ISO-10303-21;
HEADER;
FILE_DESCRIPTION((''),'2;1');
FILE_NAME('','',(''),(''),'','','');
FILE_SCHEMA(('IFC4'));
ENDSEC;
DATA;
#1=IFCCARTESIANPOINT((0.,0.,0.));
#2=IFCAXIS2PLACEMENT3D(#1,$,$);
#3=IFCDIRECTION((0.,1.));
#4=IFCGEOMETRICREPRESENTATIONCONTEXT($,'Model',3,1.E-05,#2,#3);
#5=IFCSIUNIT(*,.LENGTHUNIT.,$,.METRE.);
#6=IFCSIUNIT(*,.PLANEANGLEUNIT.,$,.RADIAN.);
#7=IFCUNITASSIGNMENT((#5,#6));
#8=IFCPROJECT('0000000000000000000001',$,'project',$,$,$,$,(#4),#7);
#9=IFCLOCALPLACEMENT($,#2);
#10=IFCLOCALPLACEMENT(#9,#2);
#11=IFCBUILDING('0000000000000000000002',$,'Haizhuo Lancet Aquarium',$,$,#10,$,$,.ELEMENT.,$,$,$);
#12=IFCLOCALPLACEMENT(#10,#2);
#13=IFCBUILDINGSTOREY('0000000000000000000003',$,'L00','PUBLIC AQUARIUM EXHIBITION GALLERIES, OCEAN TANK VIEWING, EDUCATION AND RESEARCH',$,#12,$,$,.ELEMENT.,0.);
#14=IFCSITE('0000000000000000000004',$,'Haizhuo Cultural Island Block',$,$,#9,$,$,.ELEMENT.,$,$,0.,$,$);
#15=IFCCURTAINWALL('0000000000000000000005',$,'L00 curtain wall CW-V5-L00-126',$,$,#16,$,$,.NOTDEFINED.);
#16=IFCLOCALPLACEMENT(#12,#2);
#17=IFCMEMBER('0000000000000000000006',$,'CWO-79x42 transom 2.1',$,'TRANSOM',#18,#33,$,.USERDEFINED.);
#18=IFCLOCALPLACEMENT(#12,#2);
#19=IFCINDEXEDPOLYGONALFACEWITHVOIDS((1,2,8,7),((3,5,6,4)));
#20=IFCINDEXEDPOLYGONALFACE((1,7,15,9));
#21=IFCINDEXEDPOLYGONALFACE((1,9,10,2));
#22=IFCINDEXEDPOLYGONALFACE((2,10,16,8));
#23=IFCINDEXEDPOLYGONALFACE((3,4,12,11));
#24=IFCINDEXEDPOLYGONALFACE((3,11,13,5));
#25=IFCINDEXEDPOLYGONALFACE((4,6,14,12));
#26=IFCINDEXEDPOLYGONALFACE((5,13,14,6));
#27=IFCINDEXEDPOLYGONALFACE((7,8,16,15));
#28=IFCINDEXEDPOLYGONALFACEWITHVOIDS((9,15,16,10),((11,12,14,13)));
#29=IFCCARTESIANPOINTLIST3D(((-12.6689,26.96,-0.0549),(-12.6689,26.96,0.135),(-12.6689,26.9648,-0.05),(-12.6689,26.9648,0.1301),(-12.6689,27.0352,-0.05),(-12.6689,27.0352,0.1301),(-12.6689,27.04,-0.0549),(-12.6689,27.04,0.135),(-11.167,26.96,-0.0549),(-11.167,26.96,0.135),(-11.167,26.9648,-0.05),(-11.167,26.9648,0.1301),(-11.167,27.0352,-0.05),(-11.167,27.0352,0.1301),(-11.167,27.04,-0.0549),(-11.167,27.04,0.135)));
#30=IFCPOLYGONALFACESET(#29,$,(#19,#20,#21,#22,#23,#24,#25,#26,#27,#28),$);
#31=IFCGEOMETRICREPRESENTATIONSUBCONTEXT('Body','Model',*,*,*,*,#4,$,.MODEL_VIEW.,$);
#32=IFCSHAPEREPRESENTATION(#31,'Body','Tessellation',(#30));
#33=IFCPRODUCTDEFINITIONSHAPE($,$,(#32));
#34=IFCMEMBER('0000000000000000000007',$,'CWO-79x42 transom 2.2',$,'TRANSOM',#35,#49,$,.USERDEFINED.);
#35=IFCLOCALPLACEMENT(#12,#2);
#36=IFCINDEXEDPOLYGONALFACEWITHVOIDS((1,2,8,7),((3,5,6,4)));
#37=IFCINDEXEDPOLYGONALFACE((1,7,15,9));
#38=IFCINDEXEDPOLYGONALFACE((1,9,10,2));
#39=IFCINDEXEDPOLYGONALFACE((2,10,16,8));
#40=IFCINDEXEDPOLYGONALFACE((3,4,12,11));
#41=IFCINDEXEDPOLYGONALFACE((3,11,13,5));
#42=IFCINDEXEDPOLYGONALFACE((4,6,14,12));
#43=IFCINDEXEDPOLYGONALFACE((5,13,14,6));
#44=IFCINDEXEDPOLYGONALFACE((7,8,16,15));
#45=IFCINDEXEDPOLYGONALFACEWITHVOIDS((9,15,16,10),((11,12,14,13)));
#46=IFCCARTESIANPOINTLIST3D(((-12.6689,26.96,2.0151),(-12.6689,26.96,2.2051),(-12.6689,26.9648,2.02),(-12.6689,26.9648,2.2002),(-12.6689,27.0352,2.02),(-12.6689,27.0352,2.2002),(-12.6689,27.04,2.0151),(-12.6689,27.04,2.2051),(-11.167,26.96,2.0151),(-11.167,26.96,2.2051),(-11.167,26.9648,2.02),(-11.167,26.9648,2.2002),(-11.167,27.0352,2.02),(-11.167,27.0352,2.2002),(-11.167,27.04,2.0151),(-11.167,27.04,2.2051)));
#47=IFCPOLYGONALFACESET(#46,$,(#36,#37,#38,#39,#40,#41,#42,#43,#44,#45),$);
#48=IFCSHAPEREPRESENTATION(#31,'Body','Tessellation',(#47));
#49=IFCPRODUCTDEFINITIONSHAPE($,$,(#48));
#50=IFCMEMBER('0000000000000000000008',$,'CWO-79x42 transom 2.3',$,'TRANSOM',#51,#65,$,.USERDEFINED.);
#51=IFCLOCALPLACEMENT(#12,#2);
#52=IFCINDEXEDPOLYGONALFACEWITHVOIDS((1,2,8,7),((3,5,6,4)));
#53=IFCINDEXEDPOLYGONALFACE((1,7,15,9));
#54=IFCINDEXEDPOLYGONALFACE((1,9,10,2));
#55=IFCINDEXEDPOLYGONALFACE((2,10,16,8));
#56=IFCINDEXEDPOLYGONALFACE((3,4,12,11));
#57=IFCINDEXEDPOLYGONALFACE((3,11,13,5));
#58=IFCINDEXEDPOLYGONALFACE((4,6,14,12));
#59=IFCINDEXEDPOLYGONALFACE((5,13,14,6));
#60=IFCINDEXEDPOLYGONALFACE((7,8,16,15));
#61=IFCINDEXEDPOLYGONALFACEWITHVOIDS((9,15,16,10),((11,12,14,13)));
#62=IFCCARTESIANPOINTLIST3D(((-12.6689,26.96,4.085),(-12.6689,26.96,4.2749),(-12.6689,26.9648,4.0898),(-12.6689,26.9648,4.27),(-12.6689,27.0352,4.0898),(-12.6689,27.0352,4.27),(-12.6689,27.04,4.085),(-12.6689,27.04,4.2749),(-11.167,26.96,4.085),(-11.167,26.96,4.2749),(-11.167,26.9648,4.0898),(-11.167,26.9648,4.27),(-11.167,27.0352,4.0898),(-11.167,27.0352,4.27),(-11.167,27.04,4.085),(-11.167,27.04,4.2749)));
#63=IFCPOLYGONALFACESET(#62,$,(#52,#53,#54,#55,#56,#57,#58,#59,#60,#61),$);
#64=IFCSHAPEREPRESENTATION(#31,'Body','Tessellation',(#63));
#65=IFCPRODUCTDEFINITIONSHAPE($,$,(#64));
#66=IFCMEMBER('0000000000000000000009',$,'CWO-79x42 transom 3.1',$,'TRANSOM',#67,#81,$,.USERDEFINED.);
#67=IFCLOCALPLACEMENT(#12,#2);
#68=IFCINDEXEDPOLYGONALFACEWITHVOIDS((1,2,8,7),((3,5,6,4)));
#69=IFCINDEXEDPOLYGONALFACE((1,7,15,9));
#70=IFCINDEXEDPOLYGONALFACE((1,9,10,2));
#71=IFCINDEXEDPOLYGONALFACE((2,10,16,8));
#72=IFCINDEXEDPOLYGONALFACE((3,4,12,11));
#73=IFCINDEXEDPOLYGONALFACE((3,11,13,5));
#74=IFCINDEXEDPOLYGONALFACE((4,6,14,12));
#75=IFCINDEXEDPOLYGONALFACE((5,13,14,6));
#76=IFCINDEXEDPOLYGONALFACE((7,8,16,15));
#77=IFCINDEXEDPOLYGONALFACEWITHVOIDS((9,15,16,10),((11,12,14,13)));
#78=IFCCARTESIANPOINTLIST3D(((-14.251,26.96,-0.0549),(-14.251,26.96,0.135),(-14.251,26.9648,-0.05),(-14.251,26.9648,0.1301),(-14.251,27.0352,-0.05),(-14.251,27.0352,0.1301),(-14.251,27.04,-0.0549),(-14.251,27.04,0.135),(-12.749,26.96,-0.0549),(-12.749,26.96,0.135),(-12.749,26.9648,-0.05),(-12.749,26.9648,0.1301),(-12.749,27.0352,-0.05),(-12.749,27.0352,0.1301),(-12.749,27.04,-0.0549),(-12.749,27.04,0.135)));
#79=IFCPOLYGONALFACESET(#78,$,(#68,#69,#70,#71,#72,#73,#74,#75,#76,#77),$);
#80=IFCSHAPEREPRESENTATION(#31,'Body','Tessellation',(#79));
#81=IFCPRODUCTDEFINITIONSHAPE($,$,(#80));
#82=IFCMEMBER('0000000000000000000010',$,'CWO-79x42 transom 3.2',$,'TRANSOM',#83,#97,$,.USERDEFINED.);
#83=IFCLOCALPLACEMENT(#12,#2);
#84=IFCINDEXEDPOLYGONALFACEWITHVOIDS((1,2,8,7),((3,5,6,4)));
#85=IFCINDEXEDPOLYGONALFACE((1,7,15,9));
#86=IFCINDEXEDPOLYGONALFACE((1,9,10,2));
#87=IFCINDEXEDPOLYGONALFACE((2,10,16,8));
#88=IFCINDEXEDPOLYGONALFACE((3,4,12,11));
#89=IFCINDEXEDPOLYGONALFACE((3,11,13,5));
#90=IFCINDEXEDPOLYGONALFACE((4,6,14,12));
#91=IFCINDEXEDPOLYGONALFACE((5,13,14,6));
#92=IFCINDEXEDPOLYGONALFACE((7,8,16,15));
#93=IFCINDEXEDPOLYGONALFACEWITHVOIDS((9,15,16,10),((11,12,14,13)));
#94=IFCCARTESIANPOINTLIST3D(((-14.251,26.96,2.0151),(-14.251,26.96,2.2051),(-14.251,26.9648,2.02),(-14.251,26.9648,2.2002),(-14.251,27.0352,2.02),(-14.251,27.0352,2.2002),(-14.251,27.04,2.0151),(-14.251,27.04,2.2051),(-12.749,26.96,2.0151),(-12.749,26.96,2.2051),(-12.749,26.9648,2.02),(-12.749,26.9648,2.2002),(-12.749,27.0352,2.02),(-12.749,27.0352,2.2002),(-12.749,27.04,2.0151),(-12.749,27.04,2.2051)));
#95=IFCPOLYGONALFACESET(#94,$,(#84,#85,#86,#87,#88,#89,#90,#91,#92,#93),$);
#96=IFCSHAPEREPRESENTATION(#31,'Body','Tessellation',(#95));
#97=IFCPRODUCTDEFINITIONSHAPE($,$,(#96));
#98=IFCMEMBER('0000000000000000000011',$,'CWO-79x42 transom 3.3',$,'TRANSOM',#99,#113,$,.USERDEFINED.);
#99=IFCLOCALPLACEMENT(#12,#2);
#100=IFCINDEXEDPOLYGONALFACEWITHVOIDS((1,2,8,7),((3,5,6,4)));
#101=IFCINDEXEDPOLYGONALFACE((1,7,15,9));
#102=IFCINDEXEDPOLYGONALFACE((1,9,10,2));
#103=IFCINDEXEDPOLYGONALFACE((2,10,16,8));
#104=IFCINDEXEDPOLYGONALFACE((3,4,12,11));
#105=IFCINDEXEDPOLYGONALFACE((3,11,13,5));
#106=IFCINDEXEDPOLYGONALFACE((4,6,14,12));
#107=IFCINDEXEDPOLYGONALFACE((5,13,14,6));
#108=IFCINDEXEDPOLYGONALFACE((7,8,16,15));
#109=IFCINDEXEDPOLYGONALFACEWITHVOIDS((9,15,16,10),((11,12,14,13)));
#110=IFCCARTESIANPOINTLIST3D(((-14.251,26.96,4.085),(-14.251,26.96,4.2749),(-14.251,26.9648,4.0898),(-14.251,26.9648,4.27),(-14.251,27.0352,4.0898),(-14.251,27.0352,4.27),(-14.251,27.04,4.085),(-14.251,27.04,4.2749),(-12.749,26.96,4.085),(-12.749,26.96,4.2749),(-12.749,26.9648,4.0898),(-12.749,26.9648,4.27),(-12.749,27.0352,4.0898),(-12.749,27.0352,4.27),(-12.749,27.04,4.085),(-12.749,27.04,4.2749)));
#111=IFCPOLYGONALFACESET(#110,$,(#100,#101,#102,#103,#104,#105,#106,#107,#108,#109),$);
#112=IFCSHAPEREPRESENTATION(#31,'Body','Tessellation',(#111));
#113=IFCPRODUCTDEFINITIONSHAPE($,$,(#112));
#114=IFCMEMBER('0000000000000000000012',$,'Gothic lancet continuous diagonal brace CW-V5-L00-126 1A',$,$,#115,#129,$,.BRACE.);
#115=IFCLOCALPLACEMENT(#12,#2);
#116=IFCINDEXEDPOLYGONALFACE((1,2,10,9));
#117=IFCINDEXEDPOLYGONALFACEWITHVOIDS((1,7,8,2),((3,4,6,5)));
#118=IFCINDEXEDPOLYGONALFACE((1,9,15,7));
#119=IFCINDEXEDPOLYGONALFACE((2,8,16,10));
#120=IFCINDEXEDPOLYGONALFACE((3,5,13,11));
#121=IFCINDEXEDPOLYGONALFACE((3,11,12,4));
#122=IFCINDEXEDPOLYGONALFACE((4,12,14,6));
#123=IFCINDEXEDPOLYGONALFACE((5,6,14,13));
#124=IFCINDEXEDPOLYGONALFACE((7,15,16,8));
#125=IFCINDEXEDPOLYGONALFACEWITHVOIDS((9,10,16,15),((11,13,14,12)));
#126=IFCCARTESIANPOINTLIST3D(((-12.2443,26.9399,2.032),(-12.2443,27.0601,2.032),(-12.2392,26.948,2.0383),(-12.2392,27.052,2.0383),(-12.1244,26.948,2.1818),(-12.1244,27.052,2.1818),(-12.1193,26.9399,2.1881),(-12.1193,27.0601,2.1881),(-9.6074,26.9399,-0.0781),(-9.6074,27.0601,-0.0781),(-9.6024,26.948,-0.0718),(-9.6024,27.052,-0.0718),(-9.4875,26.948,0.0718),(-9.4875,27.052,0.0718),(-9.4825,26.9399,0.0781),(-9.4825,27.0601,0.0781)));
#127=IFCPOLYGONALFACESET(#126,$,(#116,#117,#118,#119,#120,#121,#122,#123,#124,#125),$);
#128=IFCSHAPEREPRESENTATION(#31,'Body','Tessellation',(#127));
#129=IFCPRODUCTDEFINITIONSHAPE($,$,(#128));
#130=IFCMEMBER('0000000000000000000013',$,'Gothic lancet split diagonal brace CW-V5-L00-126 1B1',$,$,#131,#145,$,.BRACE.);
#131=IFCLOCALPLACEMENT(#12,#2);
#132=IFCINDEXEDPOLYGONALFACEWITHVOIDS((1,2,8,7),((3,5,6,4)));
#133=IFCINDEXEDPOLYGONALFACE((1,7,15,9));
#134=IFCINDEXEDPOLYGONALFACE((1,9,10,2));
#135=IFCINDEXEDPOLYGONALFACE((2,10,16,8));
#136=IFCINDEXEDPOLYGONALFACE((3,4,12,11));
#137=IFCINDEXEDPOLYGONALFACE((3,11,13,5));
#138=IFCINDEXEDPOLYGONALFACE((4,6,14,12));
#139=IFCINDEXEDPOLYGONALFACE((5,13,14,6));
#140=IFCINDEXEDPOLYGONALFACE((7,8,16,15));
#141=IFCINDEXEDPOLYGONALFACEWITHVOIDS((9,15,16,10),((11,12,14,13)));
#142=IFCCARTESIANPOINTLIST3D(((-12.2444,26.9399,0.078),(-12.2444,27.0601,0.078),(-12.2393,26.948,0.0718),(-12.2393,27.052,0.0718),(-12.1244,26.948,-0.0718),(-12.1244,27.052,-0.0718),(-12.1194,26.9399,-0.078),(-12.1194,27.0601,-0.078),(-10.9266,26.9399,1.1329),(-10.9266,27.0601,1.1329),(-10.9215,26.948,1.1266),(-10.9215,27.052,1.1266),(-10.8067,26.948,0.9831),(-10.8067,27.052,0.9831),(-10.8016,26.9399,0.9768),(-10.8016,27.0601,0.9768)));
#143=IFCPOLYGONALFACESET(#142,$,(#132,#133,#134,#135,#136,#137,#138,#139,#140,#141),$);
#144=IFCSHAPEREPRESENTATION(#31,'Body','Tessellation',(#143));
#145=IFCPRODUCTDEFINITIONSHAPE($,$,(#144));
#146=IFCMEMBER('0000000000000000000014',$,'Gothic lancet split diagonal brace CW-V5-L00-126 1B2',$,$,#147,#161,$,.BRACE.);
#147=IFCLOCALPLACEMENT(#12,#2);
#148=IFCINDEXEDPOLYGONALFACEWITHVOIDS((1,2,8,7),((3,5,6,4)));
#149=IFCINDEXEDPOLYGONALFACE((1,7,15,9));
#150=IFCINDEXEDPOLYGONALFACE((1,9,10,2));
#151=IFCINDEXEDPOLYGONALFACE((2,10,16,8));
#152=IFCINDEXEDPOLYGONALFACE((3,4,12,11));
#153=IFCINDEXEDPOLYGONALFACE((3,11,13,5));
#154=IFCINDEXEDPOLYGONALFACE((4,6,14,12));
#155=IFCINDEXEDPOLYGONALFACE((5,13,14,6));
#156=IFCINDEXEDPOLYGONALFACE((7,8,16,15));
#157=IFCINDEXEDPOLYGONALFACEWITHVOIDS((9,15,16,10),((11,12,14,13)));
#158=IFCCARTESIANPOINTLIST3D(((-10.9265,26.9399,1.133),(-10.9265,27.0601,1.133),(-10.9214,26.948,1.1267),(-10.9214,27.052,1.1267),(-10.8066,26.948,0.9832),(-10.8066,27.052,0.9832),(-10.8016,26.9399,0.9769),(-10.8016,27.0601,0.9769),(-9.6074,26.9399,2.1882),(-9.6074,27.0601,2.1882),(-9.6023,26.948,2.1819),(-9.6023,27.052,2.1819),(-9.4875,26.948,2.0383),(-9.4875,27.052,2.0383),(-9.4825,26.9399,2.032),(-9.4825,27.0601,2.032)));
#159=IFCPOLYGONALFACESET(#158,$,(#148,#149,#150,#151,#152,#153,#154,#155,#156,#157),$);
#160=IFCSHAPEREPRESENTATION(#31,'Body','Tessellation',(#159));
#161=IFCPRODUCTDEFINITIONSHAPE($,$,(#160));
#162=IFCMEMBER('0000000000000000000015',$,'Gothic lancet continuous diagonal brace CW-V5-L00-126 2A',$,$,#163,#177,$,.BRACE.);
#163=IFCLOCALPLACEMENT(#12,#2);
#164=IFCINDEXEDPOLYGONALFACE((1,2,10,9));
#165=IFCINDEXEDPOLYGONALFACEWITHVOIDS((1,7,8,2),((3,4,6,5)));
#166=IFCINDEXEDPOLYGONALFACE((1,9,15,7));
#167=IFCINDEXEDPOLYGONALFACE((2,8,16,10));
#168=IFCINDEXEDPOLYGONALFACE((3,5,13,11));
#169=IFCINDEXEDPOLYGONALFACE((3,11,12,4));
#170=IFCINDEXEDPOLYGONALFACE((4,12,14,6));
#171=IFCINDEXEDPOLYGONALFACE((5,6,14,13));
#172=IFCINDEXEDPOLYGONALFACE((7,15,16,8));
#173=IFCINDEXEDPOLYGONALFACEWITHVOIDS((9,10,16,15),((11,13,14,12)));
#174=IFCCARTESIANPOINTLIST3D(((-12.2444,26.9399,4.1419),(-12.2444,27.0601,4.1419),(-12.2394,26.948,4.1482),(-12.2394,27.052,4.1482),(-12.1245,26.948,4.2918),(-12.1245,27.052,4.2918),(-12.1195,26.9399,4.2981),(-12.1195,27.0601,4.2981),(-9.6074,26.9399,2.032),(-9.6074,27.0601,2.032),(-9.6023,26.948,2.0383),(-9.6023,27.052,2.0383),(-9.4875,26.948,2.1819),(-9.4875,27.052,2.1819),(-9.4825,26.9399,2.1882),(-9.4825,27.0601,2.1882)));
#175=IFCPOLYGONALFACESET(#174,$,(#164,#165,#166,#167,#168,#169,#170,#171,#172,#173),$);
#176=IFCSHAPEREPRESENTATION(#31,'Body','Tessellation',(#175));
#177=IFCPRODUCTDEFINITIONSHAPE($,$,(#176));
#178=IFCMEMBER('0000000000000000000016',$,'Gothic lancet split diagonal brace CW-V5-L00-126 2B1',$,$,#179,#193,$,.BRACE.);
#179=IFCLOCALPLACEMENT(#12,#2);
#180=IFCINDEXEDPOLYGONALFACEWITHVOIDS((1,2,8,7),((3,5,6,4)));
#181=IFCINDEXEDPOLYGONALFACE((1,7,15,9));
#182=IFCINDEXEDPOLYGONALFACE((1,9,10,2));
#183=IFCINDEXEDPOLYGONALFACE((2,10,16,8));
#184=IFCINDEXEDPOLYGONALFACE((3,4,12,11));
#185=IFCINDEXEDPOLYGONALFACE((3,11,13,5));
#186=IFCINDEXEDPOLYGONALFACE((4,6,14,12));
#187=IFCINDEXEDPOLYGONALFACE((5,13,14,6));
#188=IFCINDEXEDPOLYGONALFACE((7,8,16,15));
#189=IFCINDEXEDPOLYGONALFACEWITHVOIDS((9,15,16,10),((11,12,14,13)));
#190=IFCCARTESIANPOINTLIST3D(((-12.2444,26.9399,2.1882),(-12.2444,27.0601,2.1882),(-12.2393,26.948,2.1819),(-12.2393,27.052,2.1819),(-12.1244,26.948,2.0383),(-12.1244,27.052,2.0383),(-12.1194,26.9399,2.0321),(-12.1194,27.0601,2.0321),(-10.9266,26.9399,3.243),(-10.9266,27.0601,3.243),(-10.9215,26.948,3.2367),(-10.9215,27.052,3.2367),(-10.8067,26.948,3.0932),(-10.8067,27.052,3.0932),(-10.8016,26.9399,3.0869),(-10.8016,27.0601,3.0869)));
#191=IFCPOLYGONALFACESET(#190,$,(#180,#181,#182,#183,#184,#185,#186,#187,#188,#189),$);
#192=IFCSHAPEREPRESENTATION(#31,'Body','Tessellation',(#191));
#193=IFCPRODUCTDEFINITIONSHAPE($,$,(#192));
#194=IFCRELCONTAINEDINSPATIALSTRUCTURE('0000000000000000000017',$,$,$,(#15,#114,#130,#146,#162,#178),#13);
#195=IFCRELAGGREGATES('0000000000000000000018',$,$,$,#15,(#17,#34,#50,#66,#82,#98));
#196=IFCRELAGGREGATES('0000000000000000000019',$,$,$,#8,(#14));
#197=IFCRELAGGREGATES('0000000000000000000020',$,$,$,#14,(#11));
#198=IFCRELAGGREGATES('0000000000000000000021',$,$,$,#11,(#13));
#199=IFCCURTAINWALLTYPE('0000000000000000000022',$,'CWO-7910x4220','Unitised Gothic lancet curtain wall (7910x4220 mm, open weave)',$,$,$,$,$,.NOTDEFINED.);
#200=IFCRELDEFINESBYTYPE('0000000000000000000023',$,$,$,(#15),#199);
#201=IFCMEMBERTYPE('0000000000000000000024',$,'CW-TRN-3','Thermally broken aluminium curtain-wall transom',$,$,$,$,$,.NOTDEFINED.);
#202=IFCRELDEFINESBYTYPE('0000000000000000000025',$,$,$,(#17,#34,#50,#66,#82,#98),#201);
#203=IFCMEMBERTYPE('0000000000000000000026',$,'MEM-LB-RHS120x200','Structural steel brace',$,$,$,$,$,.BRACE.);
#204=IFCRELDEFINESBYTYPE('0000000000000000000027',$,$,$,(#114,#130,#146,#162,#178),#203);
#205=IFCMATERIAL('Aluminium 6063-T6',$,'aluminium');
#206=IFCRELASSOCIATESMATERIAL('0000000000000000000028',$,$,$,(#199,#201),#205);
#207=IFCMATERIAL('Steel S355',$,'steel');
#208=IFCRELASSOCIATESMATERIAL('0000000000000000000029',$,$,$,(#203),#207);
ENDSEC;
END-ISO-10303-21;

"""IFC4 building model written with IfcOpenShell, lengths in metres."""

from ifc_helpers import new_model, si_unit, direction, frame, origin, origin_2d, place, context, subcontext, project, spatial, hollow_rectangle, extrude, material, material_profile, profile_set, type_object, element, aggregate, save


model = new_model("IFC4")

# Units and contexts
model_context = context("Model", 3, precision=1e-05, world=origin(), true_north=direction((0.0, 1.0)))
body_context = subcontext(model_context, "Body", "Model", "MODEL_VIEW")
ifc_project = project(units=[si_unit("LENGTHUNIT", "METRE"), si_unit("PLANEANGLEUNIT", "RADIAN")], contexts=[model_context])

# Site, building, storey
site_placement = place(None, origin())
site = spatial("IfcSite", under=ifc_project, at=site_placement, Name="Haizhuo Cultural Island Block", CompositionType="ELEMENT", RefElevation=0.0)
building_placement = place(site_placement, origin())
building = spatial("IfcBuilding", under=site, at=building_placement, Name="Haizhuo Lancet Aquarium", CompositionType="ELEMENT")
storey_placement = place(building_placement, origin())
storey = spatial("IfcBuildingStorey", under=building, at=storey_placement, Name="L00", Description="PUBLIC AQUARIUM EXHIBITION GALLERIES, OCEAN TANK VIEWING, EDUCATION AND RESEARCH", CompositionType="ELEMENT", Elevation=0.0)

# Shared definitions
ifc_material_1 = material(Name="Aluminium 6063-T6", Category="aluminium")

# Curtain wall
curtain_wall_type_1 = type_object("IfcCurtainWallType", Name="CWO-7910x4220", Description="Unitised Gothic lancet curtain wall (7910x4220 mm, open weave)", PredefinedType="NOTDEFINED", material=ifc_material_1)
curtain_wall_1_placement = place(storey_placement, origin())
curtain_wall_1 = element("IfcCurtainWall", 1, at=curtain_wall_1_placement, inside=storey, type_object=curtain_wall_type_1, Name="L00 curtain wall CW-V5-L00-126", PredefinedType="NOTDEFINED")

# Members
ifc_material_profile_1 = material_profile(ifc_material_1, hollow_rectangle(XDim=0.0801, YDim=0.1899, WallThickness=0.0049, at=origin_2d()), Name="ALU-T 80x190x5")
ifc_profile_set_1 = profile_set([ifc_material_profile_1], Name="Aluminium 6063-T6")
member_type_1 = type_object("IfcMemberType", Name="CW-TRN-3", Description="Thermally broken aluminium curtain-wall transom", PredefinedType="NOTDEFINED", material=ifc_profile_set_1)
member_1_placement = place(storey_placement, frame((-11.167, 27.0, 0.04), z_axis=(-1.0, 0.0, 0.0), x_axis=(0.0, -1.0, 0.0)))
member_1 = element("IfcMember", 2, at=member_1_placement, type_object=member_type_1, Name="CWO-79x42 transom 2.1", ObjectType="TRANSOM", PredefinedType="USERDEFINED", context=body_context, shape_type="SweptSolid", body=[
    extrude(hollow_rectangle(XDim=0.0801, YDim=0.1899, WallThickness=0.0049, at=origin_2d()), origin(), (0.0, 0.0, 1.0), 1.502),
])
member_2_placement = place(storey_placement, frame((-11.167, 27.0, 2.1101), z_axis=(-1.0, 0.0, 0.0), x_axis=(0.0, -1.0, 0.0)))
member_2 = element("IfcMember", 3, at=member_2_placement, type_object=member_type_1, Name="CWO-79x42 transom 2.2", ObjectType="TRANSOM", PredefinedType="USERDEFINED", context=body_context, shape_type="SweptSolid", body=[
    extrude(hollow_rectangle(XDim=0.0801, YDim=0.1899, WallThickness=0.0049, at=origin_2d()), origin(), (0.0, 0.0, 1.0), 1.502),
])
member_3_placement = place(storey_placement, frame((-11.167, 27.0, 4.1799), z_axis=(-1.0, 0.0, 0.0), x_axis=(0.0, -1.0, 0.0)))
member_3 = element("IfcMember", 4, at=member_3_placement, type_object=member_type_1, Name="CWO-79x42 transom 2.3", ObjectType="TRANSOM", PredefinedType="USERDEFINED", context=body_context, shape_type="SweptSolid", body=[
    extrude(hollow_rectangle(XDim=0.0801, YDim=0.1899, WallThickness=0.0049, at=origin_2d()), origin(), (0.0, 0.0, 1.0), 1.502),
])
member_4_placement = place(storey_placement, frame((-12.749, 27.0, 0.04), z_axis=(-1.0, 0.0, 0.0), x_axis=(0.0, -1.0, 0.0)))
member_4 = element("IfcMember", 5, at=member_4_placement, type_object=member_type_1, Name="CWO-79x42 transom 3.1", ObjectType="TRANSOM", PredefinedType="USERDEFINED", context=body_context, shape_type="SweptSolid", body=[
    extrude(hollow_rectangle(XDim=0.0801, YDim=0.1899, WallThickness=0.0049, at=origin_2d()), origin(), (0.0, 0.0, 1.0), 1.502),
])
member_5_placement = place(storey_placement, frame((-12.749, 27.0, 2.1101), z_axis=(-1.0, 0.0, 0.0), x_axis=(0.0, -1.0, 0.0)))
member_5 = element("IfcMember", 6, at=member_5_placement, type_object=member_type_1, Name="CWO-79x42 transom 3.2", ObjectType="TRANSOM", PredefinedType="USERDEFINED", context=body_context, shape_type="SweptSolid", body=[
    extrude(hollow_rectangle(XDim=0.0801, YDim=0.1899, WallThickness=0.0049, at=origin_2d()), origin(), (0.0, 0.0, 1.0), 1.502),
])
member_6_placement = place(storey_placement, frame((-12.749, 27.0, 4.1799), z_axis=(-1.0, 0.0, 0.0), x_axis=(0.0, -1.0, 0.0)))
member_6 = element("IfcMember", 7, at=member_6_placement, type_object=member_type_1, Name="CWO-79x42 transom 3.3", ObjectType="TRANSOM", PredefinedType="USERDEFINED", context=body_context, shape_type="SweptSolid", body=[
    extrude(hollow_rectangle(XDim=0.0801, YDim=0.1899, WallThickness=0.0049, at=origin_2d()), origin(), (0.0, 0.0, 1.0), 1.502),
])

# Members
ifc_material_2 = material(Name="Steel S355", Category="steel")
ifc_material_profile_2 = material_profile(ifc_material_2, hollow_rectangle(XDim=0.1201, YDim=0.2, WallThickness=0.0081, at=origin_2d()), Name="RHS 120x200x8")
ifc_profile_set_2 = profile_set([ifc_material_profile_2], Name="Steel S355")
member_type_2 = type_object("IfcMemberType", Name="MEM-LB-RHS120x200", Description="Structural steel brace", PredefinedType="BRACE", material=ifc_profile_set_2)
member_7_placement = place(storey_placement, frame((-9.5449, 27.0, 0.0), z_axis=(-0.780791, 0.0, 0.624792), x_axis=(0.0, -1.0, 0.0)))
element("IfcMember", 8, at=member_7_placement, inside=storey, type_object=member_type_2, Name="Gothic lancet continuous diagonal brace CW-V5-L00-126 1A", PredefinedType="BRACE", context=body_context, shape_type="SweptSolid", body=[
    extrude(hollow_rectangle(XDim=0.1201, YDim=0.2, WallThickness=0.0081, at=origin_2d()), origin(), (0.0, 0.0, 1.0), 3.3772),
])
member_8_placement = place(storey_placement, frame((-12.1819, 27.0, 0.0), z_axis=(0.780685, 0.0, 0.624924), x_axis=(0.0, 1.0, 0.0)))
element("IfcMember", 9, at=member_8_placement, inside=storey, type_object=member_type_2, Name="Gothic lancet split diagonal brace CW-V5-L00-126 1B1", PredefinedType="BRACE", context=body_context, shape_type="SweptSolid", body=[
    extrude(hollow_rectangle(XDim=0.1201, YDim=0.2, WallThickness=0.0081, at=origin_2d()), origin(), (0.0, 0.0, 1.0), 1.688),
])
member_9_placement = place(storey_placement, frame((-10.864, 27.0, 1.0549), z_axis=(0.780897, 0.0, 0.62466), x_axis=(0.0, 1.0, 0.0)))
element("IfcMember", 10, at=member_9_placement, inside=storey, type_object=member_type_2, Name="Gothic lancet split diagonal brace CW-V5-L00-126 1B2", PredefinedType="BRACE", context=body_context, shape_type="SweptSolid", body=[
    extrude(hollow_rectangle(XDim=0.1201, YDim=0.2, WallThickness=0.0081, at=origin_2d()), origin(), (0.0, 0.0, 1.0), 1.6892),
])
member_10_placement = place(storey_placement, frame((-9.5449, 27.0, 2.1101), z_axis=(-0.780826, 0.0, 0.624748), x_axis=(0.0, -1.0, 0.0)))
element("IfcMember", 11, at=member_10_placement, inside=storey, type_object=member_type_2, Name="Gothic lancet continuous diagonal brace CW-V5-L00-126 2A", PredefinedType="BRACE", context=body_context, shape_type="SweptSolid", body=[
    extrude(hollow_rectangle(XDim=0.1201, YDim=0.2, WallThickness=0.0081, at=origin_2d()), origin(), (0.0, 0.0, 1.0), 3.3772),
])
member_11_placement = place(storey_placement, frame((-12.1819, 27.0, 2.1101), z_axis=(0.780685, 0.0, 0.624924), x_axis=(0.0, 1.0, 0.0)))
element("IfcMember", 12, at=member_11_placement, inside=storey, type_object=member_type_2, Name="Gothic lancet split diagonal brace CW-V5-L00-126 2B1", PredefinedType="BRACE", context=body_context, shape_type="SweptSolid", body=[
    extrude(hollow_rectangle(XDim=0.1201, YDim=0.2, WallThickness=0.0081, at=origin_2d()), origin(), (0.0, 0.0, 1.0), 1.688),
])

aggregate(curtain_wall_1, [member_1, member_2, member_3, member_4, member_5, member_6])

save(model, "model.ifc")
